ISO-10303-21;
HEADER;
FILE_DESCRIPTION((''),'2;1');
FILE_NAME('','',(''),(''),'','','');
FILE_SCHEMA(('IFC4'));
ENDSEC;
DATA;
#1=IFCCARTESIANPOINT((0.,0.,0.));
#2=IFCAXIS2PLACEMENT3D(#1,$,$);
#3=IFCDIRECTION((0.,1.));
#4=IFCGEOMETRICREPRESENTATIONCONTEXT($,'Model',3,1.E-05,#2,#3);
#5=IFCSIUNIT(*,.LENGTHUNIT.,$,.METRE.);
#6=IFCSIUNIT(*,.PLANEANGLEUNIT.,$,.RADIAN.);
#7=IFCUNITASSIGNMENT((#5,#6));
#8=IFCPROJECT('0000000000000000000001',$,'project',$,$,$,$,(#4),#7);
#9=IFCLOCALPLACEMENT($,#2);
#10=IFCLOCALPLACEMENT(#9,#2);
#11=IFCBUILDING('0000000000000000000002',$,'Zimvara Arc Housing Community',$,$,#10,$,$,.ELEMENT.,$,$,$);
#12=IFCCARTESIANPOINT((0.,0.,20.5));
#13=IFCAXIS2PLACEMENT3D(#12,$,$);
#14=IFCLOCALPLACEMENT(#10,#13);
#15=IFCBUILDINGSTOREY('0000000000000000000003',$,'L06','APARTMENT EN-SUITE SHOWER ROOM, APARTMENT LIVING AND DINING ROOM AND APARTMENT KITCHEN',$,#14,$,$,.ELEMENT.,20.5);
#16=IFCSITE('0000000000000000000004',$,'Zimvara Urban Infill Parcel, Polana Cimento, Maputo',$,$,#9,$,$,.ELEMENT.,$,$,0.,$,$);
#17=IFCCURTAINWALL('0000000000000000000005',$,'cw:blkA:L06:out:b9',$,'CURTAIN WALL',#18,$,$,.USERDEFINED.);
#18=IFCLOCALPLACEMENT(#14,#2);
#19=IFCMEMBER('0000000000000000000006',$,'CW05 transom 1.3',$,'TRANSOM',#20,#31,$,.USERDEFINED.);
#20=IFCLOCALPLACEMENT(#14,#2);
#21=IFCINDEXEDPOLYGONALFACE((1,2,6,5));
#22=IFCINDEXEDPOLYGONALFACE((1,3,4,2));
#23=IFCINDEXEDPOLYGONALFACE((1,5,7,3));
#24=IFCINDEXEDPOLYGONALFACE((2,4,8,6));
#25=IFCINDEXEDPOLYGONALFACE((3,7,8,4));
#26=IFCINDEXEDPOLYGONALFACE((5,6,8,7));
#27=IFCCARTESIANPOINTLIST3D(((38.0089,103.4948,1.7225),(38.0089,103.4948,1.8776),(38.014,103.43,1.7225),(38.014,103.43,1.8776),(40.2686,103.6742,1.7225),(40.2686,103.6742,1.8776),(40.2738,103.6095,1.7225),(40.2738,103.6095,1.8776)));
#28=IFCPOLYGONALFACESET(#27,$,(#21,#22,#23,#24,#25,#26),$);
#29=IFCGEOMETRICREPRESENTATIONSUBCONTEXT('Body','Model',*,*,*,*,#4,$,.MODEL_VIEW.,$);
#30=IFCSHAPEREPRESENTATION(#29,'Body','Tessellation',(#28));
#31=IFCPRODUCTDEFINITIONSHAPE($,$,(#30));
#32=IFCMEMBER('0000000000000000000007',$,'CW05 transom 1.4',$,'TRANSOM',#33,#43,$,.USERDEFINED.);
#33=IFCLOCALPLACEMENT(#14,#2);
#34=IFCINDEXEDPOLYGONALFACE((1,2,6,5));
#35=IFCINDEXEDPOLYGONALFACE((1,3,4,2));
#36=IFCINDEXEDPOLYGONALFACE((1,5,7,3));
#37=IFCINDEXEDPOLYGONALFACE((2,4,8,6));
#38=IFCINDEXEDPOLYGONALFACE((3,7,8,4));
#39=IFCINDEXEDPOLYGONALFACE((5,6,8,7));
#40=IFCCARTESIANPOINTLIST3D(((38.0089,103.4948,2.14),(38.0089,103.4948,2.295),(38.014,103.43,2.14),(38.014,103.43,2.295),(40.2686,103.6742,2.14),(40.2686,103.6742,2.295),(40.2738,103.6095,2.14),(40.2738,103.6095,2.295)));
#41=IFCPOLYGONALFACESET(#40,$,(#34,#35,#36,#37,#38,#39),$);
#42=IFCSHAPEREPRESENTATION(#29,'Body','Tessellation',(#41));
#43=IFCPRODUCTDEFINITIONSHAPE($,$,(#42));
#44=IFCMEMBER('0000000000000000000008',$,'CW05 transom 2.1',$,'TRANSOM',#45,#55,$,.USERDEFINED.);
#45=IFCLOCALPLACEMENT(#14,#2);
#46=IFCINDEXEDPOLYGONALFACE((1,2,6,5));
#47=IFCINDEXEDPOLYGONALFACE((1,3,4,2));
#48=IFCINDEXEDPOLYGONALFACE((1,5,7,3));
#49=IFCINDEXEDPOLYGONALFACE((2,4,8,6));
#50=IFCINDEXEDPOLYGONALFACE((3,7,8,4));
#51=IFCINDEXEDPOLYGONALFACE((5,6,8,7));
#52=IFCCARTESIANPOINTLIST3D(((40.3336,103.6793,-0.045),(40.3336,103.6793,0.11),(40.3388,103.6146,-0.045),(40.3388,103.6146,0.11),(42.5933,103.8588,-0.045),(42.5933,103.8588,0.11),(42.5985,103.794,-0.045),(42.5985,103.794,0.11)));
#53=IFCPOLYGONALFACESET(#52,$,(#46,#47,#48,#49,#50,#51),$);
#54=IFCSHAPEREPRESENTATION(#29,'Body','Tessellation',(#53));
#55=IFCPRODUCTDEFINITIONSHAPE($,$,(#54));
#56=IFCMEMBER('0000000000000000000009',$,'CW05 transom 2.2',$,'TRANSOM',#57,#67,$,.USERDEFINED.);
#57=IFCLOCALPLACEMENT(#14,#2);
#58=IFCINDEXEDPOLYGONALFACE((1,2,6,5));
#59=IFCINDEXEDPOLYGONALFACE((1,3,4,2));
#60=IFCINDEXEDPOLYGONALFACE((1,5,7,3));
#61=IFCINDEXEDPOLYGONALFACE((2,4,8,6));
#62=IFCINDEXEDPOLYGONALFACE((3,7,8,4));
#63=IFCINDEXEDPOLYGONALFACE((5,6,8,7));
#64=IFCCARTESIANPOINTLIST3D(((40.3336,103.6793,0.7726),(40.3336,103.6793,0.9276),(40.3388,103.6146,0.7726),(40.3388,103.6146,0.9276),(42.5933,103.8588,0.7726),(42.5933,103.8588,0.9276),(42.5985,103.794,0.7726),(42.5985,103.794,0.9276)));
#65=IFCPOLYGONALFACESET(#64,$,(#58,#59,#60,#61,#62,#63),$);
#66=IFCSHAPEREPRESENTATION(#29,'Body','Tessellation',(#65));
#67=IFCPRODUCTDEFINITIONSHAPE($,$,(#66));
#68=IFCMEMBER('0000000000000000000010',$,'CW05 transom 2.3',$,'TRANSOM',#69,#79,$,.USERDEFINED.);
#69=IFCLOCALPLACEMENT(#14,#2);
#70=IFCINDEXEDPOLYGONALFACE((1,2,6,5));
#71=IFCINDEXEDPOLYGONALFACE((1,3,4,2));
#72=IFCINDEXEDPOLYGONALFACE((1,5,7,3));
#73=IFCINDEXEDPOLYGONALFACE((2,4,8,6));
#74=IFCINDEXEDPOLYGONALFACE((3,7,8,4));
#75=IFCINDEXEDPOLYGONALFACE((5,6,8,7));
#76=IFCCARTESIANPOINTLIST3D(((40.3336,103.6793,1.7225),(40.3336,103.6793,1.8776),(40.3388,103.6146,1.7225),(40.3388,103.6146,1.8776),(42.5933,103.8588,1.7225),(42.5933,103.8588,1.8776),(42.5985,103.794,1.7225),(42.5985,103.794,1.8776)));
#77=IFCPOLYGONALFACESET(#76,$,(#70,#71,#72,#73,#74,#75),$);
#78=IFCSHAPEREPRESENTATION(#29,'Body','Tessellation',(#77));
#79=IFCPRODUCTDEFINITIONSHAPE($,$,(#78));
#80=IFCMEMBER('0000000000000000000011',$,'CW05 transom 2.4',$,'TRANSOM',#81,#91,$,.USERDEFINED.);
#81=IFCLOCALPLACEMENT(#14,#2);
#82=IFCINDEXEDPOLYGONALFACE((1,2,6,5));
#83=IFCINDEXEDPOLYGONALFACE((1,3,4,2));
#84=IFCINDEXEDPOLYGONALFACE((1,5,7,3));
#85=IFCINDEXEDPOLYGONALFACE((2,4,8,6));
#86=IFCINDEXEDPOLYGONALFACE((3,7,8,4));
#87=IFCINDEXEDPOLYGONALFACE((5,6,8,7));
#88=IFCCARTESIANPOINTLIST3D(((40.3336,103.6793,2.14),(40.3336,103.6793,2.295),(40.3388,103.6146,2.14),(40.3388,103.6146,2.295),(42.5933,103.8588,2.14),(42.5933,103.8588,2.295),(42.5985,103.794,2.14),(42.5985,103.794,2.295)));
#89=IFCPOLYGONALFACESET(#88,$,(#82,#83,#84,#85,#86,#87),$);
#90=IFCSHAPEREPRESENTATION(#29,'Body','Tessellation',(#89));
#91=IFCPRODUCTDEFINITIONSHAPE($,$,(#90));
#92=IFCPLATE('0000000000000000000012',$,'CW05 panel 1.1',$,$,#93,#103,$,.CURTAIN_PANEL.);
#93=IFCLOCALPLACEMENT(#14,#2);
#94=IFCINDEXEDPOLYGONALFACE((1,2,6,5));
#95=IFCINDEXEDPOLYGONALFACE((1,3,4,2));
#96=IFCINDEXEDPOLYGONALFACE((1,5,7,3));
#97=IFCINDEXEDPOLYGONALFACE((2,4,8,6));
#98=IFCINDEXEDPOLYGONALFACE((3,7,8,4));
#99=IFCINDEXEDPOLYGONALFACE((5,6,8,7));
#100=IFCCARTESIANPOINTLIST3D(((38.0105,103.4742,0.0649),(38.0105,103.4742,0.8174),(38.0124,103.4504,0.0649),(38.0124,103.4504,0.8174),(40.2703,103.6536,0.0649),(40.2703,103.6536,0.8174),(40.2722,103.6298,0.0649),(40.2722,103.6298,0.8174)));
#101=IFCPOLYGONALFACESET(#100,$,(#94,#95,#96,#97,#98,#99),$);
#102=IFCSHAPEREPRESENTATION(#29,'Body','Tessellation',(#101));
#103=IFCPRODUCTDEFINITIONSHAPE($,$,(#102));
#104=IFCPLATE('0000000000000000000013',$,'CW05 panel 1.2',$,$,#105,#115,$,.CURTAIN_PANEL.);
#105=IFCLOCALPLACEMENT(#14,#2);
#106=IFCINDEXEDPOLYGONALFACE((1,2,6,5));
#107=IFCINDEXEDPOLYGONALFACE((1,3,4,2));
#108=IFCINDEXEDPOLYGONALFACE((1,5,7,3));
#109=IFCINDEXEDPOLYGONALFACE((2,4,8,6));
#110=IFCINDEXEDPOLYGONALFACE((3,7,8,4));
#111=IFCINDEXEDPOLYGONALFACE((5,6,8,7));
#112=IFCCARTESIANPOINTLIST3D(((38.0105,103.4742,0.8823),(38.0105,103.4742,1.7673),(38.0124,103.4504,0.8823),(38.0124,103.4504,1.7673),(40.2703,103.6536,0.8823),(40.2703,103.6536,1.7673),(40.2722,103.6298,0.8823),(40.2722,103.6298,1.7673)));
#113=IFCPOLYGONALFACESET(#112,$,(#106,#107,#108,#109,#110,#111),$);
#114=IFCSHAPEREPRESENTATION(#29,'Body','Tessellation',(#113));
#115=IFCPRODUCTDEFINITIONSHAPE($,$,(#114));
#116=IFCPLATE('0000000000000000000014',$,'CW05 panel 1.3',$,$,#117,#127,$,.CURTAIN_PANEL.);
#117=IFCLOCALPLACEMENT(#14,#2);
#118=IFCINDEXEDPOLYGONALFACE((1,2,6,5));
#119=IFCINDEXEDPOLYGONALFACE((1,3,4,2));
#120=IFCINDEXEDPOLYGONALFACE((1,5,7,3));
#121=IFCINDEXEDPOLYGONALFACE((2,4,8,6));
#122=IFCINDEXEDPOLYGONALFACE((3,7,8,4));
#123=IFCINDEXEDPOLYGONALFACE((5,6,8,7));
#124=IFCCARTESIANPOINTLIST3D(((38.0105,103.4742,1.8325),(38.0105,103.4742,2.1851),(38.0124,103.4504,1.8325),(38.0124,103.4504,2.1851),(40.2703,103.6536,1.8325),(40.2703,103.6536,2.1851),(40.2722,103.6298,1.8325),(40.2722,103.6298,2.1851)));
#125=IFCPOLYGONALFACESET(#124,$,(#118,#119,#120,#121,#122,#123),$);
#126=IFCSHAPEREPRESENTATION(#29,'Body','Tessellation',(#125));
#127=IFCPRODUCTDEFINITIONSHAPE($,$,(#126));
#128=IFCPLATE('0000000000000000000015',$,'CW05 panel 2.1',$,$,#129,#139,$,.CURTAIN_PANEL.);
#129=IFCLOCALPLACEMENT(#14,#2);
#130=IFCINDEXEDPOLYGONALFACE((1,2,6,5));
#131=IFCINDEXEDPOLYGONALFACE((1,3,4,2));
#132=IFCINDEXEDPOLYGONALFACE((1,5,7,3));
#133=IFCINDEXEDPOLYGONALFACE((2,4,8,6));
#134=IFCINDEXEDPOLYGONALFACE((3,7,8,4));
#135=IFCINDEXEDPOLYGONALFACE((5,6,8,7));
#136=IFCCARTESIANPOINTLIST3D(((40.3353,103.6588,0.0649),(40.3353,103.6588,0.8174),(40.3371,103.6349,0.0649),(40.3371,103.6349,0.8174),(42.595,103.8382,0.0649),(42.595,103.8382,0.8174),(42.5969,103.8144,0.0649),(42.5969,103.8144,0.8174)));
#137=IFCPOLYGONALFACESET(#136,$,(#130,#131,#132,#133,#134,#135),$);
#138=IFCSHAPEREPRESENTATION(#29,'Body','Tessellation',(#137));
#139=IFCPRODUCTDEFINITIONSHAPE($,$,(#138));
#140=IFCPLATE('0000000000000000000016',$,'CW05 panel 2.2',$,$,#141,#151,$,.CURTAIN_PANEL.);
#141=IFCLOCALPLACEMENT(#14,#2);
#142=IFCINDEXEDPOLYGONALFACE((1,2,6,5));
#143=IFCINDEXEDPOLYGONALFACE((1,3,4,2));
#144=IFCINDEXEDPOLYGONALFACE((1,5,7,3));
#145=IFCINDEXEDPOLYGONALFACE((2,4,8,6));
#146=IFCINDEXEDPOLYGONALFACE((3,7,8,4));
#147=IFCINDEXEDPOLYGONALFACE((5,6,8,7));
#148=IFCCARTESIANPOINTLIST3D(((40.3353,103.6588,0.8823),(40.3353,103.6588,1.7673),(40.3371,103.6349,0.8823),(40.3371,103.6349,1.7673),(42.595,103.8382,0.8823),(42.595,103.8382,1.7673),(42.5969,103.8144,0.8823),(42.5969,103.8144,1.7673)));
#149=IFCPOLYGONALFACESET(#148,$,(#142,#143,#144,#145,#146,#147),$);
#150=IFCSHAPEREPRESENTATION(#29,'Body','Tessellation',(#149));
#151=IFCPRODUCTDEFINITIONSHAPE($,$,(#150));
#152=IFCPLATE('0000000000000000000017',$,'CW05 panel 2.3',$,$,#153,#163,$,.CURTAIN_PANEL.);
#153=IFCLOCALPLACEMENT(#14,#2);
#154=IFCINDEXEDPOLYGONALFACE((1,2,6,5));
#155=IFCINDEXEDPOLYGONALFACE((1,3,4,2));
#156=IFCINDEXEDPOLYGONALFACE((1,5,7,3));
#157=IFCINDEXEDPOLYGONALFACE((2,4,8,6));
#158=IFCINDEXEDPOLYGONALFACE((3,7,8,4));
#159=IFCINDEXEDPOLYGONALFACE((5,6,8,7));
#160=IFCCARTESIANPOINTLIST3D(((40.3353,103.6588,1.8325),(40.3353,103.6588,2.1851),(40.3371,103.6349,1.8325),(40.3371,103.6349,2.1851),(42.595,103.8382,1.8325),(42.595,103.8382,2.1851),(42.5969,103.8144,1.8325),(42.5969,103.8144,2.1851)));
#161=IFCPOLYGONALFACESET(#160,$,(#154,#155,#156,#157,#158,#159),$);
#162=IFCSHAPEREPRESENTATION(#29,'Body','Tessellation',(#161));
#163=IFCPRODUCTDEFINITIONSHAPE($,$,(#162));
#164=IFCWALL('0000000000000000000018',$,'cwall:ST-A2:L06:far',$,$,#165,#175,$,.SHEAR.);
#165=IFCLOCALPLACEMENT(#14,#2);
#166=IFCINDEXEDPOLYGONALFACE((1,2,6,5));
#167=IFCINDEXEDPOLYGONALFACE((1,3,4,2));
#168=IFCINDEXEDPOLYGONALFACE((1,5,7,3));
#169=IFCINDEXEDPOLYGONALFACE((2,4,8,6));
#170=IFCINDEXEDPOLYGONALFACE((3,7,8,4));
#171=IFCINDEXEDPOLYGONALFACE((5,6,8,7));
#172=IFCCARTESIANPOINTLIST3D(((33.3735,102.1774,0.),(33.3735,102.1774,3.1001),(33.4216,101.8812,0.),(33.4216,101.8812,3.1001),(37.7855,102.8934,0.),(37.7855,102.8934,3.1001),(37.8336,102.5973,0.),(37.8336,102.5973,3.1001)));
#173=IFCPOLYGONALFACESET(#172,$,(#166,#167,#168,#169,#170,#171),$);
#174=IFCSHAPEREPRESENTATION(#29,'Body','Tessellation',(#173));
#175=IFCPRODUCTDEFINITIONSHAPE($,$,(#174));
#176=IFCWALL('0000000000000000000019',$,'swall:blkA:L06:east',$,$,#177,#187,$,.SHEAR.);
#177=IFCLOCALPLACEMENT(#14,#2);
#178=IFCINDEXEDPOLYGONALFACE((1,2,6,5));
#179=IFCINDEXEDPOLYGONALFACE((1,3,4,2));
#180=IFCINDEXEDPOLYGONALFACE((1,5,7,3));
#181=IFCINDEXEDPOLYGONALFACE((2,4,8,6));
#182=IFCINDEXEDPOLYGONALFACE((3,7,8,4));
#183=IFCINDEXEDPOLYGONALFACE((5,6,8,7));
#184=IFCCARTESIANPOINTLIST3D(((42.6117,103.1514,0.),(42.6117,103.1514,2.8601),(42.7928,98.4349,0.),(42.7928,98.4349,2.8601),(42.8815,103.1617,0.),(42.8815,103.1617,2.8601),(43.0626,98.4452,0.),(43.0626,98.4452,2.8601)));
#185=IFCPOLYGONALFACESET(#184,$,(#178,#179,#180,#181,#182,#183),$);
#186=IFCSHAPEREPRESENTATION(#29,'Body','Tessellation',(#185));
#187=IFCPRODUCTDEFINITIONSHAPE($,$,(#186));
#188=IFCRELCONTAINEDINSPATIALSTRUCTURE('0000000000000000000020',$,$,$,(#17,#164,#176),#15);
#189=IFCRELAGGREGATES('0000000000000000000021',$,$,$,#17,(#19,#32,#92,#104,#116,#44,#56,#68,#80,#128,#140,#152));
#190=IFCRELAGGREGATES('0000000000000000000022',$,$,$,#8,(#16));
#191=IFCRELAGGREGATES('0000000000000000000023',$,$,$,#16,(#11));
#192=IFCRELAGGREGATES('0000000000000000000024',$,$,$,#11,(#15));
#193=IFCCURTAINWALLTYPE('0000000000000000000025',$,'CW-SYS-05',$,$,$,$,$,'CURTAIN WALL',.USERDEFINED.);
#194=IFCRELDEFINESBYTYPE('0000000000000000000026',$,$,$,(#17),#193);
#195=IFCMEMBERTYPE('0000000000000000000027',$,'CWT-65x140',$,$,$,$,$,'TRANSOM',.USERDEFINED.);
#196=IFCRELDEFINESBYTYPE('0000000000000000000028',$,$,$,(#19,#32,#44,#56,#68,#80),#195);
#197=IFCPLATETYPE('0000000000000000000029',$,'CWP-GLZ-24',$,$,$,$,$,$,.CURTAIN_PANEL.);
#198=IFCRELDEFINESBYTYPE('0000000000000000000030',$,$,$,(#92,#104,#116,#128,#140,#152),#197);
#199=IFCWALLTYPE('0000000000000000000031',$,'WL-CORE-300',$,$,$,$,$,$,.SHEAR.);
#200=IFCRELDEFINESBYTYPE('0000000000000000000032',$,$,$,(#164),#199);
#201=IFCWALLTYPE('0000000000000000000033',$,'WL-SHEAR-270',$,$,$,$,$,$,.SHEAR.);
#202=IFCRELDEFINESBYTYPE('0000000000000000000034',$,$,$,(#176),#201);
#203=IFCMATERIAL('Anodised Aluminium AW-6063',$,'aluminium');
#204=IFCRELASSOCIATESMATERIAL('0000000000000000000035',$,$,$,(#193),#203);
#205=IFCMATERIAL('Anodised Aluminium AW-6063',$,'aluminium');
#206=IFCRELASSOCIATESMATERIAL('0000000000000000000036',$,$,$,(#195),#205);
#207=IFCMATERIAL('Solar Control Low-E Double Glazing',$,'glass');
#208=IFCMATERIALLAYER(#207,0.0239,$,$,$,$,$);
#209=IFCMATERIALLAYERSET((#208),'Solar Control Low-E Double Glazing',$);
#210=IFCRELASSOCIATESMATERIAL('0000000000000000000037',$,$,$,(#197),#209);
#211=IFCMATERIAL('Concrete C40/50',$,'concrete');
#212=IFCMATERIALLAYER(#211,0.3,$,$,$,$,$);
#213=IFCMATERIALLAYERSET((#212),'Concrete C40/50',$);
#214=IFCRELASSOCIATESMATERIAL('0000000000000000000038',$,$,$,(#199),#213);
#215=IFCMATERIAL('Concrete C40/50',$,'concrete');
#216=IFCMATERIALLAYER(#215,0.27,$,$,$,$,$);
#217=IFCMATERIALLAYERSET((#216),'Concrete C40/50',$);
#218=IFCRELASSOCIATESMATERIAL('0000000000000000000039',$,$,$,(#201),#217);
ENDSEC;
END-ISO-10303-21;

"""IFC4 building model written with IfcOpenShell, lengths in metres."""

from ifc_helpers import new_model, si_unit, direction, frame, frame_2d, origin, origin_2d, place, context, subcontext, project, spatial, rectangle, extrude, material, layer, layer_set, material_profile, profile_set, type_object, element, aggregate, save


model = new_model("IFC4")

# Units and contexts
model_context = context("Model", 3, precision=1e-05, world=origin(), true_north=direction((0.0, 1.0)))
body_context = subcontext(model_context, "Body", "Model", "MODEL_VIEW")
ifc_project = project(units=[si_unit("LENGTHUNIT", "METRE"), si_unit("PLANEANGLEUNIT", "RADIAN")], contexts=[model_context])

# Site, building, storey
site_placement = place(None, origin())
site = spatial("IfcSite", under=ifc_project, at=site_placement, Name="Zimvara Urban Infill Parcel, Polana Cimento, Maputo", CompositionType="ELEMENT", RefElevation=0.0)
building_placement = place(site_placement, origin())
building = spatial("IfcBuilding", under=site, at=building_placement, Name="Zimvara Arc Housing Community", CompositionType="ELEMENT")
storey_placement = place(building_placement, frame((0.0, 0.0, 20.5)))
storey = spatial("IfcBuildingStorey", under=building, at=storey_placement, Name="L06", Description="APARTMENT EN-SUITE SHOWER ROOM, APARTMENT LIVING AND DINING ROOM AND APARTMENT KITCHEN", CompositionType="ELEMENT", Elevation=20.5)

# Curtain wall, members, plates
ifc_material_1 = material(Name="Anodised Aluminium AW-6063", Category="aluminium")
curtain_wall_type = type_object("IfcCurtainWallType", Name="CW-SYS-05", ElementType="CURTAIN WALL", PredefinedType="USERDEFINED", material=ifc_material_1)
curtain_wall_placement = place(storey_placement, origin())
curtain_wall = element("IfcCurtainWall", 1, at=curtain_wall_placement, inside=storey, type_object=curtain_wall_type, Name="cw:blkA:L06:out:b9", ObjectType="CURTAIN WALL", PredefinedType="USERDEFINED")
ifc_material_2 = material(Name="Anodised Aluminium AW-6063", Category="aluminium")
ifc_material_profile_1 = material_profile(ifc_material_2, rectangle(XDim=0.0649, YDim=0.155, at=origin_2d()), Name="ALU 65x155")
ifc_profile_set_1 = profile_set([ifc_material_profile_1], Name="Anodised Aluminium AW-6063")
member_type_1 = type_object("IfcMemberType", Name="CWT-65x140", ElementType="TRANSOM", PredefinedType="USERDEFINED", material=ifc_profile_set_1)
member_1_placement = place(storey_placement, frame((38.0115, 103.4624, 1.8), z_axis=(0.996862, 0.079159, 0.0), x_axis=(-0.079159, 0.996862, 0.0)))
member_1 = element("IfcMember", 2, at=member_1_placement, type_object=member_type_1, Name="CW05 transom 1.3", ObjectType="TRANSOM", PredefinedType="USERDEFINED", context=body_context, shape_type="SweptSolid", body=[
    extrude(rectangle(XDim=0.0649, YDim=0.155, at=origin_2d()), origin(), (0.0, 0.0, 1.0), 2.2668),
])
member_2_placement = place(storey_placement, frame((38.0115, 103.4624, 2.2175), z_axis=(0.996862, 0.079159, 0.0), x_axis=(-0.079159, 0.996862, 0.0)))
member_2 = element("IfcMember", 3, at=member_2_placement, type_object=member_type_1, Name="CW05 transom 1.4", ObjectType="TRANSOM", PredefinedType="USERDEFINED", context=body_context, shape_type="SweptSolid", body=[
    extrude(rectangle(XDim=0.0649, YDim=0.155, at=origin_2d()), origin(), (0.0, 0.0, 1.0), 2.2668),
])
member_3_placement = place(storey_placement, frame((40.3362, 103.647, 0.0325), z_axis=(0.996862, 0.079159, 0.0), x_axis=(-0.079159, 0.996862, 0.0)))
member_3 = element("IfcMember", 4, at=member_3_placement, type_object=member_type_1, Name="CW05 transom 2.1", ObjectType="TRANSOM", PredefinedType="USERDEFINED", context=body_context, shape_type="SweptSolid", body=[
    extrude(rectangle(XDim=0.0649, YDim=0.155, at=origin_2d()), origin(), (0.0, 0.0, 1.0), 2.2668),
])
member_4_placement = place(storey_placement, frame((40.3362, 103.647, 0.8501), z_axis=(0.996862, 0.079159, 0.0), x_axis=(-0.079159, 0.996862, 0.0)))
member_4 = element("IfcMember", 5, at=member_4_placement, type_object=member_type_1, Name="CW05 transom 2.2", ObjectType="TRANSOM", PredefinedType="USERDEFINED", context=body_context, shape_type="SweptSolid", body=[
    extrude(rectangle(XDim=0.0649, YDim=0.155, at=origin_2d()), origin(), (0.0, 0.0, 1.0), 2.2668),
])
member_5_placement = place(storey_placement, frame((40.3362, 103.647, 1.8), z_axis=(0.996862, 0.079159, 0.0), x_axis=(-0.079159, 0.996862, 0.0)))
member_5 = element("IfcMember", 6, at=member_5_placement, type_object=member_type_1, Name="CW05 transom 2.3", ObjectType="TRANSOM", PredefinedType="USERDEFINED", context=body_context, shape_type="SweptSolid", body=[
    extrude(rectangle(XDim=0.0649, YDim=0.155, at=origin_2d()), origin(), (0.0, 0.0, 1.0), 2.2668),
])
member_6_placement = place(storey_placement, frame((40.3362, 103.647, 2.2175), z_axis=(0.996862, 0.079159, 0.0), x_axis=(-0.079159, 0.996862, 0.0)))
member_6 = element("IfcMember", 7, at=member_6_placement, type_object=member_type_1, Name="CW05 transom 2.4", ObjectType="TRANSOM", PredefinedType="USERDEFINED", context=body_context, shape_type="SweptSolid", body=[
    extrude(rectangle(XDim=0.0649, YDim=0.155, at=origin_2d()), origin(), (0.0, 0.0, 1.0), 2.2668),
])
ifc_material_3 = material(Name="Solar Control Low-E Double Glazing", Category="glass")
ifc_layer_1 = layer(ifc_material_3, 0.0239)
ifc_layer_set_1 = layer_set([ifc_layer_1], Name="Solar Control Low-E Double Glazing")
plate_type = type_object("IfcPlateType", Name="CWP-GLZ-24", PredefinedType="CURTAIN_PANEL", material=ifc_layer_set_1)
plate_1_placement = place(storey_placement, frame((39.1414, 103.552, 0.0649), z_axis=(0.0, 0.0, 1.0), x_axis=(0.996862, 0.079154, 0.0)))
plate_1 = element("IfcPlate", 8, at=plate_1_placement, type_object=plate_type, Name="CW05 panel 1.1", PredefinedType="CURTAIN_PANEL", context=body_context, shape_type="SweptSolid", body=[
    extrude(rectangle(XDim=2.2668, YDim=0.0239, at=origin_2d()), origin(), (0.0, 0.0, 1.0), 0.7524),
])
plate_2_placement = place(storey_placement, frame((39.1414, 103.552, 0.8823), z_axis=(0.0, 0.0, 1.0), x_axis=(0.996862, 0.079154, 0.0)))
plate_2 = element("IfcPlate", 9, at=plate_2_placement, type_object=plate_type, Name="CW05 panel 1.2", PredefinedType="CURTAIN_PANEL", context=body_context, shape_type="SweptSolid", body=[
    extrude(rectangle(XDim=2.2668, YDim=0.0239, at=origin_2d()), origin(), (0.0, 0.0, 1.0), 0.885),
])
plate_3_placement = place(storey_placement, frame((39.1414, 103.552, 1.8325), z_axis=(0.0, 0.0, 1.0), x_axis=(0.996862, 0.079154, 0.0)))
plate_3 = element("IfcPlate", 10, at=plate_3_placement, type_object=plate_type, Name="CW05 panel 1.3", PredefinedType="CURTAIN_PANEL", context=body_context, shape_type="SweptSolid", body=[
    extrude(rectangle(XDim=2.2668, YDim=0.0239, at=origin_2d()), origin(), (0.0, 0.0, 1.0), 0.3525),
])
plate_4_placement = place(storey_placement, frame((41.4661, 103.7366, 0.0649), z_axis=(0.0, 0.0, 1.0), x_axis=(0.996862, 0.079154, 0.0)))
plate_4 = element("IfcPlate", 11, at=plate_4_placement, type_object=plate_type, Name="CW05 panel 2.1", PredefinedType="CURTAIN_PANEL", context=body_context, shape_type="SweptSolid", body=[
    extrude(rectangle(XDim=2.2668, YDim=0.0239, at=origin_2d()), origin(), (0.0, 0.0, 1.0), 0.7524),
])
plate_5_placement = place(storey_placement, frame((41.4661, 103.7366, 0.8823), z_axis=(0.0, 0.0, 1.0), x_axis=(0.996862, 0.079154, 0.0)))
plate_5 = element("IfcPlate", 12, at=plate_5_placement, type_object=plate_type, Name="CW05 panel 2.2", PredefinedType="CURTAIN_PANEL", context=body_context, shape_type="SweptSolid", body=[
    extrude(rectangle(XDim=2.2668, YDim=0.0239, at=origin_2d()), origin(), (0.0, 0.0, 1.0), 0.885),
])
plate_6_placement = place(storey_placement, frame((41.4661, 103.7366, 1.8325), z_axis=(0.0, 0.0, 1.0), x_axis=(0.996862, 0.079154, 0.0)))
plate_6 = element("IfcPlate", 13, at=plate_6_placement, type_object=plate_type, Name="CW05 panel 2.3", PredefinedType="CURTAIN_PANEL", context=body_context, shape_type="SweptSolid", body=[
    extrude(rectangle(XDim=2.2668, YDim=0.0239, at=origin_2d()), origin(), (0.0, 0.0, 1.0), 0.3525),
])
aggregate(curtain_wall, [member_1, member_2, plate_1, plate_2, plate_3, member_3, member_4, member_5, member_6, plate_4, plate_5, plate_6])

# Walls
ifc_material_4 = material(Name="Concrete C40/50", Category="concrete")
ifc_layer_2 = layer(ifc_material_4, 0.3)
ifc_layer_set_2 = layer_set([ifc_layer_2], Name="Concrete C40/50")
wall_type_1 = type_object("IfcWallType", Name="WL-CORE-300", PredefinedType="SHEAR", material=ifc_layer_set_2)
wall_1_placement = place(storey_placement, frame((37.8096, 102.7454, 0.0), z_axis=(0.0, 0.0, 1.0), x_axis=(-0.987085, -0.160199, 0.0)))
element("IfcWall", 14, at=wall_1_placement, inside=storey, type_object=wall_type_1, Name="cwall:ST-A2:L06:far", PredefinedType="SHEAR", context=body_context, shape_type="SweptSolid", body=[
    extrude(rectangle(XDim=4.4697, YDim=0.3, at=frame_2d((2.2349, 0.0))), origin(), (0.0, 0.0, 1.0), 3.1001),
])
ifc_material_5 = material(Name="Concrete C40/50", Category="concrete")
ifc_layer_3 = layer(ifc_material_5, 0.27)
ifc_layer_set_3 = layer_set([ifc_layer_3], Name="Concrete C40/50")
wall_type_2 = type_object("IfcWallType", Name="WL-SHEAR-270", PredefinedType="SHEAR", material=ifc_layer_set_3)
wall_2_placement = place(storey_placement, frame((42.9277, 98.4402, 0.0), z_axis=(0.0, 0.0, 1.0), x_axis=(-0.038379, 0.999263, 0.0)))
element("IfcWall", 15, at=wall_2_placement, inside=storey, type_object=wall_type_2, Name="swall:blkA:L06:east", PredefinedType="SHEAR", context=body_context, shape_type="SweptSolid", body=[
    extrude(rectangle(XDim=4.72, YDim=0.27, at=frame_2d((2.3599, 0.0))), origin(), (0.0, 0.0, 1.0), 2.8601),
])

save(model, "model.ifc")
